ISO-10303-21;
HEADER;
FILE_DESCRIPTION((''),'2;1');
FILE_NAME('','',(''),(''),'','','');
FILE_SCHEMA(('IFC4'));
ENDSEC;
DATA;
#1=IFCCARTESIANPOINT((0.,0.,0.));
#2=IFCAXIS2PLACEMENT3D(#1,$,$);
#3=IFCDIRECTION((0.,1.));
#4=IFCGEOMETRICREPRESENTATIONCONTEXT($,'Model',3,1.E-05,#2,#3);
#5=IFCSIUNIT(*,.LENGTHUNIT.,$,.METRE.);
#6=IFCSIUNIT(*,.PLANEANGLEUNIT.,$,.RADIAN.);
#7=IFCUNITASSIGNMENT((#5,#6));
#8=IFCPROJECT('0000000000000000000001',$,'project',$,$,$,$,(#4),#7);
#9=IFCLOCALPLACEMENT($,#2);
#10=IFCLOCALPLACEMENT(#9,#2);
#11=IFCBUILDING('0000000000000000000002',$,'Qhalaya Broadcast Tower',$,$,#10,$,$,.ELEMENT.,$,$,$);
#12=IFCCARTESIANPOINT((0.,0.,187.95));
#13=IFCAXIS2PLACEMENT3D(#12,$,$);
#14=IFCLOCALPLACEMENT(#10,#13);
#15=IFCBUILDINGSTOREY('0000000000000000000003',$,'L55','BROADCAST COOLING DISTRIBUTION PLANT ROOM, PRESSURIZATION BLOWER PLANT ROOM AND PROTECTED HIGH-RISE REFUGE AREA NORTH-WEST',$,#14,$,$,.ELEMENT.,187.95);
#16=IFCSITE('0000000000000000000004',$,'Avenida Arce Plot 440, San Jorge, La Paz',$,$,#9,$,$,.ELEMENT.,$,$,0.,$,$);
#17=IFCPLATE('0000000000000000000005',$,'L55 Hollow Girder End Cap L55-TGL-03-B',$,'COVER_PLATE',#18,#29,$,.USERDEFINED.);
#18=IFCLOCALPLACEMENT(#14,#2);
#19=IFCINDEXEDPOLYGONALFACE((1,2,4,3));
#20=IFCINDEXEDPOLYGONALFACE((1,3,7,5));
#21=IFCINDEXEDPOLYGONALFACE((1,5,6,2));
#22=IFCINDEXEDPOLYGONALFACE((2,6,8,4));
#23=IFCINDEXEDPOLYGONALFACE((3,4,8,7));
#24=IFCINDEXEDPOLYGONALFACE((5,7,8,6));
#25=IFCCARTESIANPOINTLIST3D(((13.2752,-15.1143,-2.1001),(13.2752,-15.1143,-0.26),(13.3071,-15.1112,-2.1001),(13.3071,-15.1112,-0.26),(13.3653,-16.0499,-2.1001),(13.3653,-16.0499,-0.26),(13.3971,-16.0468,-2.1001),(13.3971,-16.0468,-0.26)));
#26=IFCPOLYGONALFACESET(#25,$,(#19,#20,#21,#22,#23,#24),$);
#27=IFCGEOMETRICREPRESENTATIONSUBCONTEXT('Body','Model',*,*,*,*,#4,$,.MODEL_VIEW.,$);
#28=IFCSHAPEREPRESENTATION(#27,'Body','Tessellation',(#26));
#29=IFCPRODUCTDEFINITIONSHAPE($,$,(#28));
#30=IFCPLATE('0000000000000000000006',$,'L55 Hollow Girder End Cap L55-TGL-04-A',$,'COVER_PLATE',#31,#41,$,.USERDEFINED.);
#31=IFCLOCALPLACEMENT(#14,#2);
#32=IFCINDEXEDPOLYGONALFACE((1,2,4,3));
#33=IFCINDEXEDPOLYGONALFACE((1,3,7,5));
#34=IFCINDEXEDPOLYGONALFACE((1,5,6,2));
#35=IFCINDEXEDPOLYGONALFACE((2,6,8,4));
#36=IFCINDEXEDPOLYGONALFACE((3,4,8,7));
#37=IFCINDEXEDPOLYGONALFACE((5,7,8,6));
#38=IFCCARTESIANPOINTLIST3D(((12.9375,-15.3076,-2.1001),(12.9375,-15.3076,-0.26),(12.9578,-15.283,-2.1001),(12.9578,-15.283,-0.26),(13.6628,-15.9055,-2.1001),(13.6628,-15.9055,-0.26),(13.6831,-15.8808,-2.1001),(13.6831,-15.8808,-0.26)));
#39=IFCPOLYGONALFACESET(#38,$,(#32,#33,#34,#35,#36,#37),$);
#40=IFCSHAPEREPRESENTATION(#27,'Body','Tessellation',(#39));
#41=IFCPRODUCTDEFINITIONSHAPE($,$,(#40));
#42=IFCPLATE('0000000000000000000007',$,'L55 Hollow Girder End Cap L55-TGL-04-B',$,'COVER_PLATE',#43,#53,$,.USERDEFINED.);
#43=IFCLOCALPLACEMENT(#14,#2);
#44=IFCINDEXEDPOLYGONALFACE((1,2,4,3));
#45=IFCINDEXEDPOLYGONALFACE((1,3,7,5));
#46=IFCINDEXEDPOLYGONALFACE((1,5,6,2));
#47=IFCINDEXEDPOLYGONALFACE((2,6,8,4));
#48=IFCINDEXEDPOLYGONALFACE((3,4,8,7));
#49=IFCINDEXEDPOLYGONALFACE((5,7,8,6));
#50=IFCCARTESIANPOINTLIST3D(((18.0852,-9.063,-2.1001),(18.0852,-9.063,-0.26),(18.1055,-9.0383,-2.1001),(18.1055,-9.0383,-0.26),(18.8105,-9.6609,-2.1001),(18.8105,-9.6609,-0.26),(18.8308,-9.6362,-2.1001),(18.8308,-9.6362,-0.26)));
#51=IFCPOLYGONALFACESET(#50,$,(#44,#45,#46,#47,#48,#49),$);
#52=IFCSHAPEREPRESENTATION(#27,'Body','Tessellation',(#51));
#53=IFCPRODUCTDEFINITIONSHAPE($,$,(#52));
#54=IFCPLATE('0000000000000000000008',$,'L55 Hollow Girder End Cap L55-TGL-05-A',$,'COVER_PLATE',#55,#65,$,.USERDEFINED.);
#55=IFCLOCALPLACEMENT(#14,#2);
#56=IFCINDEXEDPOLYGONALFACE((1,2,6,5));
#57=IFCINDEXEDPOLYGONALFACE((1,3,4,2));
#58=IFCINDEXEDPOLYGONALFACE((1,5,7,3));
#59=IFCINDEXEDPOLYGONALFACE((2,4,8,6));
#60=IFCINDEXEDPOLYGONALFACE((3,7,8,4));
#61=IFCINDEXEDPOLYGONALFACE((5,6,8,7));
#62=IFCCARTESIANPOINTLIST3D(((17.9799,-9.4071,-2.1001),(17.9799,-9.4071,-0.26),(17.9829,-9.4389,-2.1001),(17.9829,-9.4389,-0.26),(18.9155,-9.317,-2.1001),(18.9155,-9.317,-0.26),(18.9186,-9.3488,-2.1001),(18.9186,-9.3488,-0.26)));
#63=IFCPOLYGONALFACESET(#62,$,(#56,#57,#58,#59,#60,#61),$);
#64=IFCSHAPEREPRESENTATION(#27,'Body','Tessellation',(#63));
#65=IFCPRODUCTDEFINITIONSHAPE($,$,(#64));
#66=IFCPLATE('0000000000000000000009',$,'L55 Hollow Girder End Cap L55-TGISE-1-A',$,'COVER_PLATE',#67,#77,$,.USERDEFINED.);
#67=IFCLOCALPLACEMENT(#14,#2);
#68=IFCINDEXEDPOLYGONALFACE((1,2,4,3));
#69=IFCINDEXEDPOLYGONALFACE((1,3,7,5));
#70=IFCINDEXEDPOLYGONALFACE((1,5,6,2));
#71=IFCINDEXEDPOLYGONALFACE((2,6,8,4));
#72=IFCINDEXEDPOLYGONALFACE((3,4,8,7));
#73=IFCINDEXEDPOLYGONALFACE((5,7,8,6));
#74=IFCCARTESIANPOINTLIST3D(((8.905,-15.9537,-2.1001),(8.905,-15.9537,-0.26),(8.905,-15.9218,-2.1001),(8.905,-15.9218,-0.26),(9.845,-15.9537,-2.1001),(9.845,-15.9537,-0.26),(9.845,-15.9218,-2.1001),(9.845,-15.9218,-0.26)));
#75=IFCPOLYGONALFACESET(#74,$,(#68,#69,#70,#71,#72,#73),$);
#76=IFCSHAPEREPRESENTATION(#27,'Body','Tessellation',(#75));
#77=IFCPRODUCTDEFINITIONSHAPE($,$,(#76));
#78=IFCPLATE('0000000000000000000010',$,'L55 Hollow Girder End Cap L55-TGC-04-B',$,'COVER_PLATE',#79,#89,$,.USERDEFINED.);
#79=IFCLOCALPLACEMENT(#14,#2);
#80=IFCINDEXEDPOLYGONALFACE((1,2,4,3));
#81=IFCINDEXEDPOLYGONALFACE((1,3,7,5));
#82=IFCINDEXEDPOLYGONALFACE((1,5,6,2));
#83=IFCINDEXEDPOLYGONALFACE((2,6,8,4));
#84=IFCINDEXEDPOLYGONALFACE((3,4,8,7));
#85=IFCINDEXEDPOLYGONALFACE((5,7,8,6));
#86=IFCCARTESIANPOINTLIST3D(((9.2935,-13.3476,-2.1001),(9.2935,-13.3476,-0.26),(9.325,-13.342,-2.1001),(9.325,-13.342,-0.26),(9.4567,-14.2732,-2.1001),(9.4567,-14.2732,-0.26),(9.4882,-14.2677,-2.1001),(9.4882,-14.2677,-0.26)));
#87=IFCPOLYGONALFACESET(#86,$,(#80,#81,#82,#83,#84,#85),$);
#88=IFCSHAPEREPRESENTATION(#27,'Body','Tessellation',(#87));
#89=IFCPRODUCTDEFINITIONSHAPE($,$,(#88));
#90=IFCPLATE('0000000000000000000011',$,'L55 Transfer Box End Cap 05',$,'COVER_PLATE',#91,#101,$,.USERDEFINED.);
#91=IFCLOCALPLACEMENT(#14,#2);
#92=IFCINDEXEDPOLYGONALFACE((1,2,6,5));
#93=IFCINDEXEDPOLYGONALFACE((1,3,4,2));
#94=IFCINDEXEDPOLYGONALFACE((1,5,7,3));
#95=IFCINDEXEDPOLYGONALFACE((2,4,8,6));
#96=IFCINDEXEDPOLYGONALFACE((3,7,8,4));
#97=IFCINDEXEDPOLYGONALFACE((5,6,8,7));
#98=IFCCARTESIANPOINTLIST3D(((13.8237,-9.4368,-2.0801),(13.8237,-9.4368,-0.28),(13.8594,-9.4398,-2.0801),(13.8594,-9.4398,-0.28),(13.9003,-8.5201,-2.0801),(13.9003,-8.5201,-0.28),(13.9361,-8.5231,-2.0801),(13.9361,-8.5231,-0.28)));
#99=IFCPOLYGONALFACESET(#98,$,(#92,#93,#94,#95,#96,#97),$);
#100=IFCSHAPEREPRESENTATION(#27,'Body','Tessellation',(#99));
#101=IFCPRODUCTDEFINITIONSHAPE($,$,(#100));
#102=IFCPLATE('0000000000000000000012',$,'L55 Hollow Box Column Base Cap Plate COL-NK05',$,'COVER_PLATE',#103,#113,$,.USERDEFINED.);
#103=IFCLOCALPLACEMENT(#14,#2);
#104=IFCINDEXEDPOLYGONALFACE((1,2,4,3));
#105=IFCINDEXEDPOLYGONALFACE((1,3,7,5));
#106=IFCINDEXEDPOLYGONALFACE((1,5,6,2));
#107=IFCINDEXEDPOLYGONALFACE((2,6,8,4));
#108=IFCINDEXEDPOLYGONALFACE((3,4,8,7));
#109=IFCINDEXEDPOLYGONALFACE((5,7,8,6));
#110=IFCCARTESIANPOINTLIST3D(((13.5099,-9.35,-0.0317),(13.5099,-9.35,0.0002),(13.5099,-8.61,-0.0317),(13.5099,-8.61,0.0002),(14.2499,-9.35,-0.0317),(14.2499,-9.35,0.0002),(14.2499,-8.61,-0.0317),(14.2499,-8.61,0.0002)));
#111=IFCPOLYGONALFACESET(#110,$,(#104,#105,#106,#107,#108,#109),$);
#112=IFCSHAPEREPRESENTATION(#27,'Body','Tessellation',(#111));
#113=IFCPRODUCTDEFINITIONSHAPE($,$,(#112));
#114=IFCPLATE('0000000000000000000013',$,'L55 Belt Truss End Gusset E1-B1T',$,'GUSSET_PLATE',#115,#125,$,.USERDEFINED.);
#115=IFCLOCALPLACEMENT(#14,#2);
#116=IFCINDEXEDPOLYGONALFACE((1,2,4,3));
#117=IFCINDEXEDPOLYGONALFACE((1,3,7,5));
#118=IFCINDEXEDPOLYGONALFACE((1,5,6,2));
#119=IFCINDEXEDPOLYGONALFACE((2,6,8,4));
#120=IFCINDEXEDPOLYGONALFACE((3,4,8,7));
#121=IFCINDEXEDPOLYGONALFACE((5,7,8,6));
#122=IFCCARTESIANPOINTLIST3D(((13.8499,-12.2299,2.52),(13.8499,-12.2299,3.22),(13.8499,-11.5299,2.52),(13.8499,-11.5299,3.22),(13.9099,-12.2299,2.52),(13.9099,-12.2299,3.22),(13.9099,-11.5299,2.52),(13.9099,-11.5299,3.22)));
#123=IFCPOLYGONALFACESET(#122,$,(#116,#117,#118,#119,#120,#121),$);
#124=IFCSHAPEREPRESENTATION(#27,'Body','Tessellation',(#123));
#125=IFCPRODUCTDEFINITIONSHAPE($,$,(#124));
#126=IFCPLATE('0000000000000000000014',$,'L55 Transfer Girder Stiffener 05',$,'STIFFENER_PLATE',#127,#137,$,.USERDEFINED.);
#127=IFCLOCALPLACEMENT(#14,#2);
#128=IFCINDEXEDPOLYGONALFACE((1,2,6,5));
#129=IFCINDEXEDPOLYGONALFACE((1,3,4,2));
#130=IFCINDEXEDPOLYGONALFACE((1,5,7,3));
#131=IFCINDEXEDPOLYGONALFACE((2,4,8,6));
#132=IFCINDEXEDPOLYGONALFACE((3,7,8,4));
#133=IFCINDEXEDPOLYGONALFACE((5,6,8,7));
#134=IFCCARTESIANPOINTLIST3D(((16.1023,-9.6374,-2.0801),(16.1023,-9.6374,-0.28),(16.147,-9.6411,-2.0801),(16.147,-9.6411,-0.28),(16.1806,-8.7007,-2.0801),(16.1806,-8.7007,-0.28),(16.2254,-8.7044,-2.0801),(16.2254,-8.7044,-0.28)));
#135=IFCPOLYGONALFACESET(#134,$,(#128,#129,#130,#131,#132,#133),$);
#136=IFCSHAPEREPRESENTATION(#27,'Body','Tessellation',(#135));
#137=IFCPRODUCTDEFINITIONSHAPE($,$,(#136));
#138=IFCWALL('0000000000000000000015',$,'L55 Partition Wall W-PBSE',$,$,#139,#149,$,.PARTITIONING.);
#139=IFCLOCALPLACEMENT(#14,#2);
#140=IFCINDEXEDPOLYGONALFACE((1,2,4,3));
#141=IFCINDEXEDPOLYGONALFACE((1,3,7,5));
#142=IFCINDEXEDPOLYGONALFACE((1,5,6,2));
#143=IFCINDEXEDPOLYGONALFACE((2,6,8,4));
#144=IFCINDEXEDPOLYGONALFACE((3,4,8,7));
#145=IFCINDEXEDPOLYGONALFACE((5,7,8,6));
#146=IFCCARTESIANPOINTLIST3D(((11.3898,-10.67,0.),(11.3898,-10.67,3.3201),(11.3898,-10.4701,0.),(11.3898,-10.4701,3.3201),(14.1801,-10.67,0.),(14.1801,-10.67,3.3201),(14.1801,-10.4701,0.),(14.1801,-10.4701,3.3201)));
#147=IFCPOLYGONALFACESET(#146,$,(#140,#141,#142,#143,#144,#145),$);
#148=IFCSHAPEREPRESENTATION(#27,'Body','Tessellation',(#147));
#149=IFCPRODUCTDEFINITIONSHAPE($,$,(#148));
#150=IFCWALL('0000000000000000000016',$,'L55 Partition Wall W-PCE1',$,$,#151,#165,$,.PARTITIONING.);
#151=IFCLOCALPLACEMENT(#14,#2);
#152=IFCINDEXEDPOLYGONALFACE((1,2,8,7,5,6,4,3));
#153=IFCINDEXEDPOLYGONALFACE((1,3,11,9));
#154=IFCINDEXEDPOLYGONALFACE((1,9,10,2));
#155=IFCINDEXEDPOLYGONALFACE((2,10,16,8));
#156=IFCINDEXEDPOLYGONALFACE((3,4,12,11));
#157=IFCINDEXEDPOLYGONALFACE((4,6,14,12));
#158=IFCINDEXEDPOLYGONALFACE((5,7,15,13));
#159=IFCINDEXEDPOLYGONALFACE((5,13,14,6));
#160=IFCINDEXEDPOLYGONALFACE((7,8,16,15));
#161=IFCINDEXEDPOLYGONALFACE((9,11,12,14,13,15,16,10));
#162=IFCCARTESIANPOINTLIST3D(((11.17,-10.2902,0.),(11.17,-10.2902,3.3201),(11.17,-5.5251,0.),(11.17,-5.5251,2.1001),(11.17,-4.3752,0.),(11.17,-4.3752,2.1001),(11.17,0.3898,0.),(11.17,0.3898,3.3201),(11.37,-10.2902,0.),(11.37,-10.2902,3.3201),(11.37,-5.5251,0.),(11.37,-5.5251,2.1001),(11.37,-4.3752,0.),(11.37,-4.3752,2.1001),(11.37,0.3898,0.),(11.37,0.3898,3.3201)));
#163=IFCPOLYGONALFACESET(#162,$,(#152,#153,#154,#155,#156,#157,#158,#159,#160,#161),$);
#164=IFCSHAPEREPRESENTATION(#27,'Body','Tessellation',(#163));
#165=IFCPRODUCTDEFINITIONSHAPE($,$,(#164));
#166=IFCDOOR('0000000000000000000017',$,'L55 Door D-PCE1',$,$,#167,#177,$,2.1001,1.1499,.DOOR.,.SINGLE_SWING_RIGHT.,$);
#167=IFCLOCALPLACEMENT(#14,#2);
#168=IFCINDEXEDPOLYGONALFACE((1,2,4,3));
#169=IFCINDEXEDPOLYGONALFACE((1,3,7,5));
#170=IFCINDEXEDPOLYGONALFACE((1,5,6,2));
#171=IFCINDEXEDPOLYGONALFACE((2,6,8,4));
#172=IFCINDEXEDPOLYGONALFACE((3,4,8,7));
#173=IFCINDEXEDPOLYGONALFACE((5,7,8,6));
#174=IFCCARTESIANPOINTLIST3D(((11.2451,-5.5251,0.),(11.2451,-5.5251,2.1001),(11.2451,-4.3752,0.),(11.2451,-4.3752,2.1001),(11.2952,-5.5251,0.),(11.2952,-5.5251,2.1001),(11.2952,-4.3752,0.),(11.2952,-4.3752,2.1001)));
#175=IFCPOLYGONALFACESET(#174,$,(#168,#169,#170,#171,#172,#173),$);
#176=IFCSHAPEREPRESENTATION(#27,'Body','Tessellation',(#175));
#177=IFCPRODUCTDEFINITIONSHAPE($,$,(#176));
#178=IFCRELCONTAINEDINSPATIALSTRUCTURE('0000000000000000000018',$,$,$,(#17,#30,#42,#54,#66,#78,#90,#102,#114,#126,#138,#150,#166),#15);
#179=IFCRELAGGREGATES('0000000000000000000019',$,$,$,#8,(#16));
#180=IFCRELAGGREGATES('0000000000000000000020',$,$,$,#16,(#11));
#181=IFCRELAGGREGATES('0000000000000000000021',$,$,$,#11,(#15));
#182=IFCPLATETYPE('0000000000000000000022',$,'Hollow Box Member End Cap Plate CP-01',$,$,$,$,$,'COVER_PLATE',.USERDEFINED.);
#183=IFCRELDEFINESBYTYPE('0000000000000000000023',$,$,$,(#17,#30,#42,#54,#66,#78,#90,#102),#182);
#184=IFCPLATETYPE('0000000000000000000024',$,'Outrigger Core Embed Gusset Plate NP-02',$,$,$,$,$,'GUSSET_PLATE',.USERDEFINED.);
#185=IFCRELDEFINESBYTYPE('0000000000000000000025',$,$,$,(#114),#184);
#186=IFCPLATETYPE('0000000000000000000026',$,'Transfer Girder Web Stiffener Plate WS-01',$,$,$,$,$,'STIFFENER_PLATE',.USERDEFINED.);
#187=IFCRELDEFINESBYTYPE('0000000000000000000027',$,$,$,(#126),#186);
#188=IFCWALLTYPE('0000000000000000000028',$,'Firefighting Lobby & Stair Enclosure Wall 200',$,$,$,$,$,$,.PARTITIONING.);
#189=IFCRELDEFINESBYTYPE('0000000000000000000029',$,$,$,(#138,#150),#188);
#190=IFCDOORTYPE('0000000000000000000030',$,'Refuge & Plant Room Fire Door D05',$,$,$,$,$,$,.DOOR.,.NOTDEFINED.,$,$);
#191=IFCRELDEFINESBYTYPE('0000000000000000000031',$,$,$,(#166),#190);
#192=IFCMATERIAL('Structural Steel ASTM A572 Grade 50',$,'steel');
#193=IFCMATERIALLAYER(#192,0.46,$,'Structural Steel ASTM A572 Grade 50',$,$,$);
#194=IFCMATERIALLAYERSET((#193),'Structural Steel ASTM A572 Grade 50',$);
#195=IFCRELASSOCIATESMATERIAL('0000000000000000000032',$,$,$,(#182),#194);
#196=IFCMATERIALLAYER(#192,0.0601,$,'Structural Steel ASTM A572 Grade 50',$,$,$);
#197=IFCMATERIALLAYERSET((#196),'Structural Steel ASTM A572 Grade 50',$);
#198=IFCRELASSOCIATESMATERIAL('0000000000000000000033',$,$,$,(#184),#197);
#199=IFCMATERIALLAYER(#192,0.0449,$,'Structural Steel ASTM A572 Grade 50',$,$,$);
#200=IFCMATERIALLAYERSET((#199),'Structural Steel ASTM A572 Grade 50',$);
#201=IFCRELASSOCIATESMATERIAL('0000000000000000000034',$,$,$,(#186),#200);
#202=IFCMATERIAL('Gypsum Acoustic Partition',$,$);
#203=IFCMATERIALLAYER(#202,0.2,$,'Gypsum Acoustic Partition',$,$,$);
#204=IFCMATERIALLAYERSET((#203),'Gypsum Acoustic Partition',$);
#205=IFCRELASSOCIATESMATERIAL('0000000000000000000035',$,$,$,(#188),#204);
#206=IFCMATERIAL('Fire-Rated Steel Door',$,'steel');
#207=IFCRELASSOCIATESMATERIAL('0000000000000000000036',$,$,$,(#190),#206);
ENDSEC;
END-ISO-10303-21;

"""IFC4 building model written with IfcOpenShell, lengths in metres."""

from ifc_helpers import new_model, si_unit, direction, frame, frame_2d, origin, origin_2d, place, context, subcontext, project, spatial, rectangle, extrude, material, layer, layer_set, type_object, element, fill, save


model = new_model("IFC4")

# Units and contexts
model_context = context("Model", 3, precision=1e-05, world=origin(), true_north=direction((0.0, 1.0)))
body_context = subcontext(model_context, "Body", "Model", "MODEL_VIEW")
ifc_project = project(units=[si_unit("LENGTHUNIT", "METRE"), si_unit("PLANEANGLEUNIT", "RADIAN")], contexts=[model_context])

# Site, building, storey
site_placement = place(None, origin())
site = spatial("IfcSite", under=ifc_project, at=site_placement, Name="Avenida Arce Plot 440, San Jorge, La Paz", CompositionType="ELEMENT", RefElevation=0.0)
building_placement = place(site_placement, origin())
building = spatial("IfcBuilding", under=site, at=building_placement, Name="Qhalaya Broadcast Tower", CompositionType="ELEMENT")
storey_placement = place(building_placement, frame((0.0, 0.0, 187.95)))
storey = spatial("IfcBuildingStorey", under=building, at=storey_placement, Name="L55", Description="BROADCAST COOLING DISTRIBUTION PLANT ROOM, PRESSURIZATION BLOWER PLANT ROOM AND PROTECTED HIGH-RISE REFUGE AREA NORTH-WEST", CompositionType="ELEMENT", Elevation=187.95)

# Shared definitions
ifc_material_1 = material(Name="Structural Steel ASTM A572 Grade 50", Category="steel")

# Plates
ifc_layer_1 = layer(ifc_material_1, 0.46, Name="Structural Steel ASTM A572 Grade 50")
ifc_layer_set_1 = layer_set([ifc_layer_1], Name="Structural Steel ASTM A572 Grade 50")
plate_type_1 = type_object("IfcPlateType", Name="Hollow Box Member End Cap Plate CP-01", ElementType="COVER_PLATE", PredefinedType="USERDEFINED", material=ifc_layer_set_1)
for number, where, z_axis, x_axis, name in (
    (1, (13.3362, -15.5806, -2.1001), (0.0, 0.0, 1.0), (-0.095846, 0.995396, 0.0), "L55 Hollow Girder End Cap L55-TGL-03-B"),
    (2, (13.3103, -15.5942, -2.1001), (0.0, 0.0, 1.0), (-0.771625, 0.636078, 0.0), "L55 Hollow Girder End Cap L55-TGL-04-A"),
    (3, (18.458, -9.3496, -2.1001), (0.0, 0.0, 1.0), (-0.771625, 0.636078, 0.0), "L55 Hollow Girder End Cap L55-TGL-04-B"),
    (4, (18.4492, -9.3779, -2.1001), (0.0, 0.0, 1.0), (-0.995396, -0.095846, 0.0), "L55 Hollow Girder End Cap L55-TGL-05-A"),
    (5, (9.375, -15.9377, -2.1001), (0.0, 0.0, 1.0), (-1.0, 0.0, 0.0), "L55 Hollow Girder End Cap L55-TGISE-1-A"),
    (6, (9.3909, -13.8076, -2.1001), (0.0, 0.0, 1.0), (-0.173648, 0.984808, 0.0), "L55 Hollow Girder End Cap L55-TGC-04-B"),
):
    element("IfcPlate", number, at=place(storey_placement, frame(where, z_axis=z_axis, x_axis=x_axis)), inside=storey, type_object=plate_type_1, Name=name, ObjectType="COVER_PLATE", PredefinedType="USERDEFINED", context=body_context, shape_type="SweptSolid", body=[
        extrude(rectangle(XDim=0.9399, YDim=0.032, at=origin_2d()), origin(), (0.0, 0.0, 1.0), 1.8401),
    ])
plate_1_placement = place(storey_placement, frame((13.8799, -8.98, -2.0801), z_axis=(0.0, 0.0, 1.0), x_axis=(-0.08333, -0.996522, 0.0)))
element("IfcPlate", 7, at=plate_1_placement, inside=storey, type_object=plate_type_1, Name="L55 Transfer Box End Cap 05", ObjectType="COVER_PLATE", PredefinedType="USERDEFINED", context=body_context, shape_type="SweptSolid", body=[
    extrude(rectangle(XDim=0.9199, YDim=0.0359, at=origin_2d()), origin(), (0.0, 0.0, 1.0), 1.8),
])
plate_2_placement = place(storey_placement, frame((13.8799, -8.98, -0.0317), z_axis=(0.0, 0.0, 1.0), x_axis=(0.0, 1.0, 0.0)))
element("IfcPlate", 8, at=plate_2_placement, inside=storey, type_object=plate_type_1, Name="L55 Hollow Box Column Base Cap Plate COL-NK05", ObjectType="COVER_PLATE", PredefinedType="USERDEFINED", context=body_context, shape_type="SweptSolid", body=[
    extrude(rectangle(XDim=0.74, YDim=0.74, at=origin_2d()), origin(), (0.0, 0.0, 1.0), 0.032),
])
ifc_layer_2 = layer(ifc_material_1, 0.0601, Name="Structural Steel ASTM A572 Grade 50")
ifc_layer_set_2 = layer_set([ifc_layer_2], Name="Structural Steel ASTM A572 Grade 50")
plate_type_2 = type_object("IfcPlateType", Name="Outrigger Core Embed Gusset Plate NP-02", ElementType="GUSSET_PLATE", PredefinedType="USERDEFINED", material=ifc_layer_set_2)
plate_3_placement = place(storey_placement, frame((13.8799, -11.8799, 2.52), z_axis=(0.0, 0.0, 1.0), x_axis=(0.0, 1.0, 0.0)))
element("IfcPlate", 9, at=plate_3_placement, inside=storey, type_object=plate_type_2, Name="L55 Belt Truss End Gusset E1-B1T", ObjectType="GUSSET_PLATE", PredefinedType="USERDEFINED", context=body_context, shape_type="SweptSolid", body=[
    extrude(rectangle(XDim=0.7, YDim=0.0601, at=origin_2d()), origin(), (0.0, 0.0, 1.0), 0.7),
])
ifc_layer_3 = layer(ifc_material_1, 0.0449, Name="Structural Steel ASTM A572 Grade 50")
ifc_layer_set_3 = layer_set([ifc_layer_3], Name="Structural Steel ASTM A572 Grade 50")
plate_type_3 = type_object("IfcPlateType", Name="Transfer Girder Web Stiffener Plate WS-01", ElementType="STIFFENER_PLATE", PredefinedType="USERDEFINED", material=ifc_layer_set_3)
plate_4_placement = place(storey_placement, frame((16.1638, -9.1709, -2.0801), z_axis=(0.0, 0.0, 1.0), x_axis=(-0.08333, -0.996522, 0.0)))
element("IfcPlate", 10, at=plate_4_placement, inside=storey, type_object=plate_type_3, Name="L55 Transfer Girder Stiffener 05", ObjectType="STIFFENER_PLATE", PredefinedType="USERDEFINED", context=body_context, shape_type="SweptSolid", body=[
    extrude(rectangle(XDim=0.9399, YDim=0.0449, at=origin_2d()), origin(), (0.0, 0.0, 1.0), 1.8),
])

# Wall
ifc_material_2 = material(Name="Gypsum Acoustic Partition")
ifc_layer_4 = layer(ifc_material_2, 0.2, Name="Gypsum Acoustic Partition")
ifc_layer_set_4 = layer_set([ifc_layer_4], Name="Gypsum Acoustic Partition")
wall_type = type_object("IfcWallType", Name="Firefighting Lobby & Stair Enclosure Wall 200", PredefinedType="PARTITIONING", material=ifc_layer_set_4)
wall_1_placement = place(storey_placement, frame((11.3899, -10.5701, 0.0), z_axis=(0.0, 0.0, 1.0), x_axis=(1.0, 0.0, 0.0)))
element("IfcWall", 11, at=wall_1_placement, inside=storey, type_object=wall_type, Name="L55 Partition Wall W-PBSE", PredefinedType="PARTITIONING", context=body_context, shape_type="SweptSolid", body=[
    extrude(rectangle(XDim=2.7903, YDim=0.2, at=frame_2d((1.395, 0.0))), origin(), (0.0, 0.0, 1.0), 3.3201),
])

# Wall, opening, door
wall_2_placement = place(storey_placement, frame((11.27, -10.29, 0.0), z_axis=(0.0, 0.0, 1.0), x_axis=(0.0, 1.0, 0.0)))
wall_2 = element("IfcWall", 12, at=wall_2_placement, inside=storey, type_object=wall_type, Name="L55 Partition Wall W-PCE1", PredefinedType="PARTITIONING", context=body_context, shape_type="SweptSolid", body=[
    extrude(rectangle(XDim=10.6799, YDim=0.2, at=frame_2d((5.3398, 0.0))), origin(), (0.0, 0.0, 1.0), 3.3201),
])
opening_placement = place(wall_2_placement, frame((4.7649, 0.0, 0.0)))
opening = element("IfcOpeningElement", 13, at=opening_placement, cuts=wall_2, PredefinedType="OPENING", context=body_context, shape_type="SweptSolid", body=[
    extrude(rectangle(XDim=1.1499, YDim=2.1001, at=frame_2d((0.575, 1.05))), frame((0.0, 0.1121, 0.0), z_axis=(0.0, -1.0, 0.0), x_axis=(1.0, 0.0, 0.0)), (0.0, 0.0, 1.0), 0.2239),
])
ifc_material_3 = material(Name="Fire-Rated Steel Door", Category="steel")
door_type = type_object("IfcDoorType", Name="Refuge & Plant Room Fire Door D05", OperationType="NOTDEFINED", PredefinedType="DOOR", material=ifc_material_3)
door_placement = place(opening_placement, origin())
door = element("IfcDoor", 14, at=door_placement, inside=storey, type_object=door_type, Name="L55 Door D-PCE1", OperationType="SINGLE_SWING_RIGHT", OverallHeight=2.1001, OverallWidth=1.1499, PredefinedType="DOOR", context=body_context, shape_type="SweptSolid", body=[
    extrude(rectangle(XDim=1.1499, YDim=2.1001, at=frame_2d((0.575, 1.05))), frame((0.0, 0.0249, 0.0), z_axis=(0.0, -1.0, 0.0), x_axis=(1.0, 0.0, 0.0)), (0.0, 0.0, 1.0), 0.05),
])
fill(opening, door)

save(model, "model.ifc")
